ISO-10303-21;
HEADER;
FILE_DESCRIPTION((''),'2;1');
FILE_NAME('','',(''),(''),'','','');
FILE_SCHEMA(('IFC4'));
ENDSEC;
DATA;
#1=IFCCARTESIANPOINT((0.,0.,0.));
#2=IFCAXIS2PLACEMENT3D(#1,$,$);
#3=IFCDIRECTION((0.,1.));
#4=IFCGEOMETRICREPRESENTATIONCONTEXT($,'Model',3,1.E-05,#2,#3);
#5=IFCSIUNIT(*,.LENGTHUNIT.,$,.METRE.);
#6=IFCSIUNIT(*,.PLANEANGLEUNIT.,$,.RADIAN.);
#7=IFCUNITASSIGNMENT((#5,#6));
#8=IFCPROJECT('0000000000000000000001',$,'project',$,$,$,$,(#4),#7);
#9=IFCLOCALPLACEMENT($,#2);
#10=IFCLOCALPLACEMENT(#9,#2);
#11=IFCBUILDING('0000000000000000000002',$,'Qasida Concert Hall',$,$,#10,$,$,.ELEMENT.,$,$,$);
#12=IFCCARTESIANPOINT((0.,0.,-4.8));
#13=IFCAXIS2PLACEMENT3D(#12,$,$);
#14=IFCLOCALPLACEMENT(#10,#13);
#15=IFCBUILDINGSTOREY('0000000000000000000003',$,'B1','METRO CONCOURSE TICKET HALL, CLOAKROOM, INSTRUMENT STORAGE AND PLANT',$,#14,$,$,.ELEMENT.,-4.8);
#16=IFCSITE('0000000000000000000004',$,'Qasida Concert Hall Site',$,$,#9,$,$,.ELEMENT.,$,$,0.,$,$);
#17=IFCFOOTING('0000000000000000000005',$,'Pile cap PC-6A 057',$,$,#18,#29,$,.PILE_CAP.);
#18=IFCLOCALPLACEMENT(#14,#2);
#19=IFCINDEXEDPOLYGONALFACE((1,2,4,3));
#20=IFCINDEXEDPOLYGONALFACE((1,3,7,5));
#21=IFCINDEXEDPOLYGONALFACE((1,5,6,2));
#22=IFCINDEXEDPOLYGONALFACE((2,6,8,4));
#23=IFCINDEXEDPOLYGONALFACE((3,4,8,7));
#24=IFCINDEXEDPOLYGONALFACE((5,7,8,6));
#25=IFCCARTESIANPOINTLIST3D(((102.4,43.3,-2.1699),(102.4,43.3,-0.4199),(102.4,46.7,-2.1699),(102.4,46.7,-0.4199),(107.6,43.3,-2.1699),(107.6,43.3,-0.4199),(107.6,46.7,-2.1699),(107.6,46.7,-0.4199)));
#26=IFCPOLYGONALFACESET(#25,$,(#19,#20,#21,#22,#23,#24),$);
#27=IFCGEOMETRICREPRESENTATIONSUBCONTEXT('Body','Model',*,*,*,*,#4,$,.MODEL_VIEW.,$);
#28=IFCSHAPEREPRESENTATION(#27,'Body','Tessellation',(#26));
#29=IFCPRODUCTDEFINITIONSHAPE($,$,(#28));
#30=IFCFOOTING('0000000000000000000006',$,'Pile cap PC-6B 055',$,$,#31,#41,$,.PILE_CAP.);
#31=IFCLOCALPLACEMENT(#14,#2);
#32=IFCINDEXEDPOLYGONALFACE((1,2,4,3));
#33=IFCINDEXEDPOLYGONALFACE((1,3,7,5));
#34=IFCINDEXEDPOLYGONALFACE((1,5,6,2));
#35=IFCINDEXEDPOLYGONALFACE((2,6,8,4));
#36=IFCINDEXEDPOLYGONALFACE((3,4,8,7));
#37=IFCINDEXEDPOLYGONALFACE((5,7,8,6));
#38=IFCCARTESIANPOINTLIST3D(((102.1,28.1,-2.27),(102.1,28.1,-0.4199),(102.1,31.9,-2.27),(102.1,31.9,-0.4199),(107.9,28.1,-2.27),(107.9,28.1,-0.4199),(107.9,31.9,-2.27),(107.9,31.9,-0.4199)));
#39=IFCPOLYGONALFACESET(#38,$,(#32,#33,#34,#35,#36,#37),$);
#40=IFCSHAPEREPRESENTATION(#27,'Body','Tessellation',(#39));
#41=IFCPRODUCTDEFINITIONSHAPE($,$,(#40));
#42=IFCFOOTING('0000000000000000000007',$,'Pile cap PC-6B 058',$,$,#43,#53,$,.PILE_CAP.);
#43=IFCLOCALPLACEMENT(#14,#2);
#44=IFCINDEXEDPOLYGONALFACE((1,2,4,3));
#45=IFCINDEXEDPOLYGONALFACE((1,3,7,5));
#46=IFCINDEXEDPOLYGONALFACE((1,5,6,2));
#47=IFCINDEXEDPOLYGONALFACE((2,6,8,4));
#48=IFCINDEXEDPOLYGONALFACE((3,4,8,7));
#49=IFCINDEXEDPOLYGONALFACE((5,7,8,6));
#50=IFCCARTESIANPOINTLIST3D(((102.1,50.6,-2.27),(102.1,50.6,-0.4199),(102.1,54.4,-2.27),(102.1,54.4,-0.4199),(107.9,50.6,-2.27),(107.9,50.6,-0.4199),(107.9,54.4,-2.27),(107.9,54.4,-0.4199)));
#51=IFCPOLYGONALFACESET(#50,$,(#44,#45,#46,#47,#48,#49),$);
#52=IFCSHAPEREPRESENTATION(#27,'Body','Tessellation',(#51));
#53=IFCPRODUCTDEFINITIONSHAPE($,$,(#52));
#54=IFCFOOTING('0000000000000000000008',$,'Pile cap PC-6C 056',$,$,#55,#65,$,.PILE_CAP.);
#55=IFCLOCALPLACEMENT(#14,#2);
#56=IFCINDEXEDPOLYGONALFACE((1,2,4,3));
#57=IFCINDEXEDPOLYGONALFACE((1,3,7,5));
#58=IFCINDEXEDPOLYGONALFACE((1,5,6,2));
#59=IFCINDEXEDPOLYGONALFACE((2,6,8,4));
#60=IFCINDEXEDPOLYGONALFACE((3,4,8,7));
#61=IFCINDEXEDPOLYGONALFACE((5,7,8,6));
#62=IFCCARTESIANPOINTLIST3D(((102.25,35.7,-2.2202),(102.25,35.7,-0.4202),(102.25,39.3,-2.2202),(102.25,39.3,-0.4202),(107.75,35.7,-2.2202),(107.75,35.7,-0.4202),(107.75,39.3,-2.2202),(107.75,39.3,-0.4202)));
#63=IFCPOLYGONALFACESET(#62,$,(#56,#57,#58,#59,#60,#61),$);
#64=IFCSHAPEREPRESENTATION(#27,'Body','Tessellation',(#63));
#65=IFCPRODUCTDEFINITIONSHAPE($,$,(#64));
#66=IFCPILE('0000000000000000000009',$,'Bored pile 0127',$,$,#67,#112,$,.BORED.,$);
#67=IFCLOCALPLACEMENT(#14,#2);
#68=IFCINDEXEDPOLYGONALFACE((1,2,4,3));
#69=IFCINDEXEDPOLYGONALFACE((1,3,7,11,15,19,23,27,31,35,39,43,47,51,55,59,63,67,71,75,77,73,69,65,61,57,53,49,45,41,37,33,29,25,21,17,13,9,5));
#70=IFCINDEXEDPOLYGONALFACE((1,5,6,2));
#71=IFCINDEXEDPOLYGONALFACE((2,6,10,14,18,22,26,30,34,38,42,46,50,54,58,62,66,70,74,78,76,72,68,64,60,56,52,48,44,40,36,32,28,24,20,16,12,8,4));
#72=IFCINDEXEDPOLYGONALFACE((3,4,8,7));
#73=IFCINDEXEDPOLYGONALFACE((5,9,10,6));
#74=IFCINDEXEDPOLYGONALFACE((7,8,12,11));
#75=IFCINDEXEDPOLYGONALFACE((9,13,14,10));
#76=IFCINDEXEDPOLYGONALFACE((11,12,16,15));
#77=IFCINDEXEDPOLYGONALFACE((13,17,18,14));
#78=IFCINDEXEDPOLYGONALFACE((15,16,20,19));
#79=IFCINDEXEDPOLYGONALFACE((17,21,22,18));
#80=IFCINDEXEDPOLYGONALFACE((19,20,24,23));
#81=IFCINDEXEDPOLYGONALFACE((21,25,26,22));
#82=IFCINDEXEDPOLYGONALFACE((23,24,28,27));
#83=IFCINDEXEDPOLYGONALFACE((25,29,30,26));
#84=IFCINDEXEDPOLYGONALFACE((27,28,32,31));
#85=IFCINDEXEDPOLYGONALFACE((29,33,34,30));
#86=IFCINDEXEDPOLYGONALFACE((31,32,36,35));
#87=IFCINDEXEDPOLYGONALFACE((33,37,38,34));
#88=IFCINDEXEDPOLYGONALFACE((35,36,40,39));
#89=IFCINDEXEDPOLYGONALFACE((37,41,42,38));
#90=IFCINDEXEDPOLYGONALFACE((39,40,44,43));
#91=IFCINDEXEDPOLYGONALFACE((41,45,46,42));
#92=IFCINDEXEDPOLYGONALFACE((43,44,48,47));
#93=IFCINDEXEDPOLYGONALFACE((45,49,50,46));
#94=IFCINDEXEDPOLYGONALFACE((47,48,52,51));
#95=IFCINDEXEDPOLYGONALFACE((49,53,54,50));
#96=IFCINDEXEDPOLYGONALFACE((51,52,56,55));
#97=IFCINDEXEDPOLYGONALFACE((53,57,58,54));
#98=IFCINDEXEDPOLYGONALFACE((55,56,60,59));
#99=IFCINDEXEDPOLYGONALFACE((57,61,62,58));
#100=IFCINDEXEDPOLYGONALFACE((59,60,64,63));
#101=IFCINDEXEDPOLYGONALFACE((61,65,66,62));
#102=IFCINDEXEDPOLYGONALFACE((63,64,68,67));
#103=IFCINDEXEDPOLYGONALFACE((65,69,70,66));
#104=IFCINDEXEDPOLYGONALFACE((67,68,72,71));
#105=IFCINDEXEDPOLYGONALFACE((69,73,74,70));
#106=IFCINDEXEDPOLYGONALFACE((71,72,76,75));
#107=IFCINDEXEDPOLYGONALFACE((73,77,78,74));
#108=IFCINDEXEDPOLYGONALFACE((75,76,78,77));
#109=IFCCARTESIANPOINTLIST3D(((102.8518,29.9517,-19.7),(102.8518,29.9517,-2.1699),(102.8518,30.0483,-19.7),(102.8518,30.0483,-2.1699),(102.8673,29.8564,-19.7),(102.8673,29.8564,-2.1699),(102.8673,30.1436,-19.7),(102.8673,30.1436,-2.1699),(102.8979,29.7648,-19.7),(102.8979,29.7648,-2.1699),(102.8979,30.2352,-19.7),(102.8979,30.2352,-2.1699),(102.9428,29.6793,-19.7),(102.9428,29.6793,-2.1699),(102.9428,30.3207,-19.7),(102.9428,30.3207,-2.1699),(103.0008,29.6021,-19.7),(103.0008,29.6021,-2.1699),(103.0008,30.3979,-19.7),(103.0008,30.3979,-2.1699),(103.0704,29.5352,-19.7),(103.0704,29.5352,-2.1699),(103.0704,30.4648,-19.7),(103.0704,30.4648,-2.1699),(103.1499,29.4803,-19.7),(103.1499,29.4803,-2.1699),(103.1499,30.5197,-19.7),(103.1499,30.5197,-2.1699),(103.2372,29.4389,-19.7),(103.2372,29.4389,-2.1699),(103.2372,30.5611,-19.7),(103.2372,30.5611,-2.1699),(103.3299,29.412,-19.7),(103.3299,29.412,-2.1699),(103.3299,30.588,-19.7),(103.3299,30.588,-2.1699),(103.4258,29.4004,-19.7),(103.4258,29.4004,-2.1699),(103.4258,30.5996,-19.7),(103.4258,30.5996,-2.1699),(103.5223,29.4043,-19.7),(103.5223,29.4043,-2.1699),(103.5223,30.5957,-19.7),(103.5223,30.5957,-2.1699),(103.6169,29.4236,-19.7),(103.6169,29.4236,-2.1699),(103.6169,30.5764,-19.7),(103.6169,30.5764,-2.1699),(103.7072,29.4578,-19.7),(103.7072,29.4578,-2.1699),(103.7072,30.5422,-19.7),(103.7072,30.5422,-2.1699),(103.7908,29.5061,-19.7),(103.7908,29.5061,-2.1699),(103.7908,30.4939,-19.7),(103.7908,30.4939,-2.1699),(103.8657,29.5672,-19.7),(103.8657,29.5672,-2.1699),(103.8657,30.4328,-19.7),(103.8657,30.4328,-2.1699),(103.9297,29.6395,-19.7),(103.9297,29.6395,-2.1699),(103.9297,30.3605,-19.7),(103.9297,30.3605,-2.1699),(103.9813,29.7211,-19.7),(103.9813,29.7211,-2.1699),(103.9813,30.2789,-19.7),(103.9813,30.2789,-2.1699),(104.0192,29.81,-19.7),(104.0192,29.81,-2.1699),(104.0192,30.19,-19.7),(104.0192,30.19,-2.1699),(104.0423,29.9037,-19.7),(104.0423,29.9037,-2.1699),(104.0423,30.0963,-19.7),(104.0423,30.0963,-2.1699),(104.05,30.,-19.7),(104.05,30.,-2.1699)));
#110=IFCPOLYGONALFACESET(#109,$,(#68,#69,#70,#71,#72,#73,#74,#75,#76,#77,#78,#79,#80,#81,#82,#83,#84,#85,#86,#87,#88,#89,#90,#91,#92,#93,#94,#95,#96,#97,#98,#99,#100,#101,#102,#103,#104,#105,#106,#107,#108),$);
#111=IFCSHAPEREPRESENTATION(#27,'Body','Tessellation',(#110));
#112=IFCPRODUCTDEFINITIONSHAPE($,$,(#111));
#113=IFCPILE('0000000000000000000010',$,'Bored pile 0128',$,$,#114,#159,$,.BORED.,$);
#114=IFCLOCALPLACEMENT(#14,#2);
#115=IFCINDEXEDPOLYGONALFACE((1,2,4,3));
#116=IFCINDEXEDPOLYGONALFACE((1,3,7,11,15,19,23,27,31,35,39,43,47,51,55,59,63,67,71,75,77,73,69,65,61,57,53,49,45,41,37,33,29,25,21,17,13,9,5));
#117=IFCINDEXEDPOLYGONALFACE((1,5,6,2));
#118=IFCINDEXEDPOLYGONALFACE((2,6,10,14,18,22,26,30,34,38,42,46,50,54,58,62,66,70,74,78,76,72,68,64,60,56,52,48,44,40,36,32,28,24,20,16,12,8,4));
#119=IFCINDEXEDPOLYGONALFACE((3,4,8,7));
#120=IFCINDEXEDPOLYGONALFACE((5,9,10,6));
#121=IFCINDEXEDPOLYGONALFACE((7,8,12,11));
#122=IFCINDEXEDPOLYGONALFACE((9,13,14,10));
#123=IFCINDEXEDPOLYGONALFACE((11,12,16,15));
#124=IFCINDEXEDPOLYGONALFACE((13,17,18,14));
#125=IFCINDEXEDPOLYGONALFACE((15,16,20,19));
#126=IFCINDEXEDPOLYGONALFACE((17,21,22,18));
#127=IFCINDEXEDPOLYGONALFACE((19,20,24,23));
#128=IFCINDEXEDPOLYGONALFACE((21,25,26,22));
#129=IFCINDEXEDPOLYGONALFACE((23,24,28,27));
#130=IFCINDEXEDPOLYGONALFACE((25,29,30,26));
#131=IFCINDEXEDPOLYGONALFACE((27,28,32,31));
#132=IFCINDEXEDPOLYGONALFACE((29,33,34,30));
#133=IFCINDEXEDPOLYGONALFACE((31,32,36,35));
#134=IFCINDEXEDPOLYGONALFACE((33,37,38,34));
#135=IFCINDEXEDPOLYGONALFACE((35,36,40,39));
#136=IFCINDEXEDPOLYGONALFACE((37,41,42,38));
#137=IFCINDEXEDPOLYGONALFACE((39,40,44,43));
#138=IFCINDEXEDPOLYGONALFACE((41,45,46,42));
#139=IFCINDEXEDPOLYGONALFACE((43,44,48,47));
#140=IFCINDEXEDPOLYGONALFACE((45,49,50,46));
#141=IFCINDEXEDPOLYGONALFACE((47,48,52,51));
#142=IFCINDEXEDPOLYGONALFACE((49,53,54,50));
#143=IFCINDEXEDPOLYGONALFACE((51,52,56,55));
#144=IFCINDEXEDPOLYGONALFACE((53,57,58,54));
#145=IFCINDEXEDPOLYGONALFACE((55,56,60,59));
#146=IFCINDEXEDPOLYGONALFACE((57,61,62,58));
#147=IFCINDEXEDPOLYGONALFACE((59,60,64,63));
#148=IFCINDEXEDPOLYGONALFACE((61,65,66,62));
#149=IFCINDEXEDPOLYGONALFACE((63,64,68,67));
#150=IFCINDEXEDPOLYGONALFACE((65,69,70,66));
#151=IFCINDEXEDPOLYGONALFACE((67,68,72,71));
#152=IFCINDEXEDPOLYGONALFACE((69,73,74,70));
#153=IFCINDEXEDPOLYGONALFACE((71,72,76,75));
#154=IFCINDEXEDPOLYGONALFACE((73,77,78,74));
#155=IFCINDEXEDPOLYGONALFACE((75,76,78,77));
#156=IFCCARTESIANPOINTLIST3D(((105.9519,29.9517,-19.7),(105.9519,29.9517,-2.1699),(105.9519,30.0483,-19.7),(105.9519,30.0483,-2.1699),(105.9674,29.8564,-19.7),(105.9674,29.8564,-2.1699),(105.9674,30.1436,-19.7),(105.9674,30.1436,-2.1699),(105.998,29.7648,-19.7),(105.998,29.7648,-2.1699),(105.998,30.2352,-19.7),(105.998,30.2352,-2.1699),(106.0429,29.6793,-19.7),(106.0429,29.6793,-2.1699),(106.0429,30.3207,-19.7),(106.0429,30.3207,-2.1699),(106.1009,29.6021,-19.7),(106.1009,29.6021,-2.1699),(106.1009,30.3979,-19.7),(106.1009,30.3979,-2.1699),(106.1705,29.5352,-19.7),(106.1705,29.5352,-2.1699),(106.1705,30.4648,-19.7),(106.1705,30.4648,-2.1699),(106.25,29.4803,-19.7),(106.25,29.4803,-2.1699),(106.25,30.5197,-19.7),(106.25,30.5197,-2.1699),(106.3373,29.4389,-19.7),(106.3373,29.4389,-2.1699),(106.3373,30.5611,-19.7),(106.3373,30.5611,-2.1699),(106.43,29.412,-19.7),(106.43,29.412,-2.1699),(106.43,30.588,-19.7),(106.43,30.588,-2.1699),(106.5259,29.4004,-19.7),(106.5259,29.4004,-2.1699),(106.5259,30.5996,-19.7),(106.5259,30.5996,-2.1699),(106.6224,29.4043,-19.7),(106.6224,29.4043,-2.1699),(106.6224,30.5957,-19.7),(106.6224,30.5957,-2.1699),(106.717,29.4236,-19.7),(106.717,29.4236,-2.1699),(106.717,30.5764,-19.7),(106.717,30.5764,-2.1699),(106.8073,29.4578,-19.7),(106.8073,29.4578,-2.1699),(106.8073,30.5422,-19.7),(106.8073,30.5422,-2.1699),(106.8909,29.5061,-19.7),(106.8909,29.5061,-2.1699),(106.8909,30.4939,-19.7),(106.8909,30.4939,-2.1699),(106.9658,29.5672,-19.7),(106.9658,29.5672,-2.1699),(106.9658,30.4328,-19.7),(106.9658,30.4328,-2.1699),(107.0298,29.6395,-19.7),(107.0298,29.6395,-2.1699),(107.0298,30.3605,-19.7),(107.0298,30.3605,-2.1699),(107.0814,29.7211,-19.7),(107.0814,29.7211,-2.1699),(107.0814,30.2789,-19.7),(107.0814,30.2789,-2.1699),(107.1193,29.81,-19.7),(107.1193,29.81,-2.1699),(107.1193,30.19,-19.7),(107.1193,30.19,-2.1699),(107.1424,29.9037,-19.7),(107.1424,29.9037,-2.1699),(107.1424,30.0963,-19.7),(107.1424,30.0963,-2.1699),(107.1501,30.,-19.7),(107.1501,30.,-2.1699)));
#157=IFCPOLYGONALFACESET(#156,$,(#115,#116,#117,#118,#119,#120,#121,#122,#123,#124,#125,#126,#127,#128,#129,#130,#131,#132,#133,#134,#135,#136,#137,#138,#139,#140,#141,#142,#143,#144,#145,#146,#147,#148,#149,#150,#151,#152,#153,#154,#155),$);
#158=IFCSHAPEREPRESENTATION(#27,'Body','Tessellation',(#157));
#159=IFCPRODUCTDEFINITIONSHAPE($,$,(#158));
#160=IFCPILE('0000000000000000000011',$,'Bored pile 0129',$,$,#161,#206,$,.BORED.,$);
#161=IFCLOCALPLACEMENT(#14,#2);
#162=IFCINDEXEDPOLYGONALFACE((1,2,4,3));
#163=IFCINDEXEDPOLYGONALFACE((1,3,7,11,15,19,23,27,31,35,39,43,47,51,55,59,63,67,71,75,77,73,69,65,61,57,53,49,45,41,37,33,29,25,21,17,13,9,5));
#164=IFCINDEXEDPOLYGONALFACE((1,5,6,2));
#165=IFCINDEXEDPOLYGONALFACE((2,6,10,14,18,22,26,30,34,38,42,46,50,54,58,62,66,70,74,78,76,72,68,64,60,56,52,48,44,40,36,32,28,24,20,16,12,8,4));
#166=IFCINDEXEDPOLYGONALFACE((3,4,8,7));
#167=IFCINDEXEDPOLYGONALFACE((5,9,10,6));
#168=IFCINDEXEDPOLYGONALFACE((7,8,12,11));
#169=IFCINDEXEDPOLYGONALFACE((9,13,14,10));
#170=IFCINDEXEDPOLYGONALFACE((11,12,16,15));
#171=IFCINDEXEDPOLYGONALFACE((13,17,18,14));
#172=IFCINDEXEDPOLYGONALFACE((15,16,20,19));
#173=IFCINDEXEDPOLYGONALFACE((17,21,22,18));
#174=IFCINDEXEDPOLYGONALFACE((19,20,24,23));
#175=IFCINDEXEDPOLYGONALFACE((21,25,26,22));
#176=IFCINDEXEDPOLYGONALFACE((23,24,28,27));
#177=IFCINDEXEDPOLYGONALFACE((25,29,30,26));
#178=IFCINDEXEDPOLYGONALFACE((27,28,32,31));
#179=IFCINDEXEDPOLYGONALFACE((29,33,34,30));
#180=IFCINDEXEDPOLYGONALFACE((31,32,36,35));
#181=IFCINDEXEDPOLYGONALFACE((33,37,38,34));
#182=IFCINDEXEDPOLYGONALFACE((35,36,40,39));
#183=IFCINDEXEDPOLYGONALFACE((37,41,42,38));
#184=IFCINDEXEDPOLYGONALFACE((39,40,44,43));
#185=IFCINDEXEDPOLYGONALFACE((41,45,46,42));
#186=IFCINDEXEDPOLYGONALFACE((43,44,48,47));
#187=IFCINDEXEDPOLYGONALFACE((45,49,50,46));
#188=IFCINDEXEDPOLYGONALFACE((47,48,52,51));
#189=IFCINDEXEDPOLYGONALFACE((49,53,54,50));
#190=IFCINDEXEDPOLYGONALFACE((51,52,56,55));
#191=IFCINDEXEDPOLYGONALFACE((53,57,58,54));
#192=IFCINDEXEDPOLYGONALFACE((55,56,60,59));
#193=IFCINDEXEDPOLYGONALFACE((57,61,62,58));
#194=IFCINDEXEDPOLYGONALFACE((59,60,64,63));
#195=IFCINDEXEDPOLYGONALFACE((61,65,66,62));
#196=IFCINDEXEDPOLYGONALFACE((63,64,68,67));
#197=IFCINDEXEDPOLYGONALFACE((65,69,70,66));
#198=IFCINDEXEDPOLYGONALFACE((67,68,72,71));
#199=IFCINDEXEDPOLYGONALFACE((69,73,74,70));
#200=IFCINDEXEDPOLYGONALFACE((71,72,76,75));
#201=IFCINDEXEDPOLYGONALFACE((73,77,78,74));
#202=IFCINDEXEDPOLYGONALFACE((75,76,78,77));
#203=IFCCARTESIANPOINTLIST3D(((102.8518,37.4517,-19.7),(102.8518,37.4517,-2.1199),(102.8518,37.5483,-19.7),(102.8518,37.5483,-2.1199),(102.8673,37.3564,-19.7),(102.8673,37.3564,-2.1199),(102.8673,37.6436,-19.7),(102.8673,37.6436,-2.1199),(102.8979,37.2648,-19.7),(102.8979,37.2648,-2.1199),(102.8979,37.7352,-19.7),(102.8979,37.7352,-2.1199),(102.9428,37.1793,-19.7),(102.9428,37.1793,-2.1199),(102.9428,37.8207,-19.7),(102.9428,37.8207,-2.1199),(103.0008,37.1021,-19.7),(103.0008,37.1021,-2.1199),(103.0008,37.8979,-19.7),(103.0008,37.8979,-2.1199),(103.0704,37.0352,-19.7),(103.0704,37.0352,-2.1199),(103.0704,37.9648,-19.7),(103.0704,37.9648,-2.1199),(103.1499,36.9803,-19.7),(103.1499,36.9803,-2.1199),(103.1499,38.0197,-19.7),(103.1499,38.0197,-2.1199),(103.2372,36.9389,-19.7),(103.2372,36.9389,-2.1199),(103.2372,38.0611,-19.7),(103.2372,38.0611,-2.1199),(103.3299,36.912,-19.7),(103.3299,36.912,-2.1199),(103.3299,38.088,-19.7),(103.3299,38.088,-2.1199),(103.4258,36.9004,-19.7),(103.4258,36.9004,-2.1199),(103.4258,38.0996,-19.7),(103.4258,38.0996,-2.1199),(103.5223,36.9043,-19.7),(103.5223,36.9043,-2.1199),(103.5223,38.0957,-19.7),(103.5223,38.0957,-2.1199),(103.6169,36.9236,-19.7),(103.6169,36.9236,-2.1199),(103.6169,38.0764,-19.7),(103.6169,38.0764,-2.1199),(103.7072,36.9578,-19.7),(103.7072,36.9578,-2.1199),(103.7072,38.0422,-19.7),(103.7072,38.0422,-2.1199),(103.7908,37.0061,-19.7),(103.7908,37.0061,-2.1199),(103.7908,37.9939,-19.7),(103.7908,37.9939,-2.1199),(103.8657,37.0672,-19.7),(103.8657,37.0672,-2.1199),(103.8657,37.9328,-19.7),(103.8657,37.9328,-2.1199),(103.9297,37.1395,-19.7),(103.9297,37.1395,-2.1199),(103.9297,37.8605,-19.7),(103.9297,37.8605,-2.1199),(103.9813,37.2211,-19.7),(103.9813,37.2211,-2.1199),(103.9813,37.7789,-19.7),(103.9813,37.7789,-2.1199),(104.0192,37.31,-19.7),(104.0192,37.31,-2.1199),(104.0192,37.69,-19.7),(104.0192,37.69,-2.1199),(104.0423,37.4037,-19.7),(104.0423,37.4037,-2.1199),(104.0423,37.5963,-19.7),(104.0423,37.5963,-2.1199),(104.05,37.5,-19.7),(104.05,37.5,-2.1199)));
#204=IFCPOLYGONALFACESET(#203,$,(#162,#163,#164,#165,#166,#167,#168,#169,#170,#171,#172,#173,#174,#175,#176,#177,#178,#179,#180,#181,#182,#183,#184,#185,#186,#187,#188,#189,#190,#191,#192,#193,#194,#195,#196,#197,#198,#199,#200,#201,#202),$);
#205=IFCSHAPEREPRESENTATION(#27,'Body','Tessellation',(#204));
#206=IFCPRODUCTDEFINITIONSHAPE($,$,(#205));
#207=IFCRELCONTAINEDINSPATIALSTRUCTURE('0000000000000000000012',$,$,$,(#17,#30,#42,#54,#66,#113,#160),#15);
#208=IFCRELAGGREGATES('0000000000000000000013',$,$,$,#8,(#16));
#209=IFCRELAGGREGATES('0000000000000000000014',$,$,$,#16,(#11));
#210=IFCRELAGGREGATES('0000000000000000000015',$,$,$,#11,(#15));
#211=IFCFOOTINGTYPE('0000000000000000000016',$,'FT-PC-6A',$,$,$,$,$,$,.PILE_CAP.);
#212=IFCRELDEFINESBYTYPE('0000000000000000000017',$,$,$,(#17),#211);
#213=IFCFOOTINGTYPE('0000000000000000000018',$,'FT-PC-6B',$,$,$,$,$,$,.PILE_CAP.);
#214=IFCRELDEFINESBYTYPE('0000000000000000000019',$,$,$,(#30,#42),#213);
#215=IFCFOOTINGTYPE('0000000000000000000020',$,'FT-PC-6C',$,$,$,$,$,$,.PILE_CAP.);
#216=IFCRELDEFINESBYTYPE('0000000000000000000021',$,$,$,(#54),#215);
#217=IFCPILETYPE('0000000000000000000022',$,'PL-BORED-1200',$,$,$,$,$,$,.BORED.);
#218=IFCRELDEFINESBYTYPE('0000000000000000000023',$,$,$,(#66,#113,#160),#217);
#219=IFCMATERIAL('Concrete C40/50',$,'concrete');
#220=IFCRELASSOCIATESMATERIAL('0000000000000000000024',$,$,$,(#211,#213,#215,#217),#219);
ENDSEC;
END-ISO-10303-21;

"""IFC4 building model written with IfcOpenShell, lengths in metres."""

from ifc_helpers import new_model, si_unit, direction, frame, origin, origin_2d, place, context, subcontext, project, spatial, rectangle, circle, extrude, material, material_profile, profile_set, type_object, element, save


model = new_model("IFC4")

# Units and contexts
model_context = context("Model", 3, precision=1e-05, world=origin(), true_north=direction((0.0, 1.0)))
body_context = subcontext(model_context, "Body", "Model", "MODEL_VIEW")
ifc_project = project(units=[si_unit("LENGTHUNIT", "METRE"), si_unit("PLANEANGLEUNIT", "RADIAN")], contexts=[model_context])

# Site, building, storey
site_placement = place(None, origin())
site = spatial("IfcSite", under=ifc_project, at=site_placement, Name="Qasida Concert Hall Site", CompositionType="ELEMENT", RefElevation=0.0)
building_placement = place(site_placement, origin())
building = spatial("IfcBuilding", under=site, at=building_placement, Name="Qasida Concert Hall", CompositionType="ELEMENT")
storey_placement = place(building_placement, frame((0.0, 0.0, -4.8)))
storey = spatial("IfcBuildingStorey", under=building, at=storey_placement, Name="B1", Description="METRO CONCOURSE TICKET HALL, CLOAKROOM, INSTRUMENT STORAGE AND PLANT", CompositionType="ELEMENT", Elevation=-4.8)

# Footings
ifc_material_1 = material(Name="Concrete C40/50", Category="concrete")
footing_type_1 = type_object("IfcFootingType", Name="FT-PC-6A", PredefinedType="PILE_CAP", material=ifc_material_1)
footing_1_placement = place(storey_placement, frame((105.0, 45.0, -2.1699), z_axis=(0.0, 0.0, 1.0), x_axis=(1.0, 0.0, 0.0)))
element("IfcFooting", 1, at=footing_1_placement, inside=storey, type_object=footing_type_1, Name="Pile cap PC-6A 057", PredefinedType="PILE_CAP", context=body_context, shape_type="SweptSolid", body=[
    extrude(rectangle(XDim=5.2, YDim=3.3999, at=origin_2d()), origin(), (0.0, 0.0, 1.0), 1.75),
])
footing_type_2 = type_object("IfcFootingType", Name="FT-PC-6B", PredefinedType="PILE_CAP", material=ifc_material_1)
for number, where, z_axis, x_axis, name in (
    (2, (105.0, 30.0, -2.27), (0.0, 0.0, 1.0), (1.0, 0.0, 0.0), "Pile cap PC-6B 055"),
    (3, (105.0, 52.5, -2.27), (0.0, 0.0, 1.0), (1.0, 0.0, 0.0), "Pile cap PC-6B 058"),
):
    element("IfcFooting", number, at=place(storey_placement, frame(where, z_axis=z_axis, x_axis=x_axis)), inside=storey, type_object=footing_type_2, Name=name, PredefinedType="PILE_CAP", context=body_context, shape_type="SweptSolid", body=[
        extrude(rectangle(XDim=5.8, YDim=3.8, at=origin_2d()), origin(), (0.0, 0.0, 1.0), 1.8501),
    ])
footing_type_3 = type_object("IfcFootingType", Name="FT-PC-6C", PredefinedType="PILE_CAP", material=ifc_material_1)
footing_2_placement = place(storey_placement, frame((105.0, 37.5, -2.2202), z_axis=(0.0, 0.0, 1.0), x_axis=(1.0, 0.0, 0.0)))
element("IfcFooting", 4, at=footing_2_placement, inside=storey, type_object=footing_type_3, Name="Pile cap PC-6C 056", PredefinedType="PILE_CAP", context=body_context, shape_type="SweptSolid", body=[
    extrude(rectangle(XDim=5.5, YDim=3.6001, at=origin_2d()), origin(), (0.0, 0.0, 1.0), 1.8),
])

# Piles
ifc_material_profile_1 = material_profile(ifc_material_1, circle(Radius=0.6001, at=origin_2d()), Name="BORED PILE D1200")
ifc_profile_set_1 = profile_set([ifc_material_profile_1], Name="Concrete C40/50")
pile_type = type_object("IfcPileType", Name="PL-BORED-1200", PredefinedType="BORED", material=ifc_profile_set_1)
for number, where, z_axis, x_axis, name in (
    (5, (103.45, 30.0, -2.1699), (0.0, 0.0, -1.0), (1.0, 0.0, 0.0), "Bored pile 0127"),
    (6, (106.55, 30.0, -2.1699), (0.0, 0.0, -1.0), (1.0, 0.0, 0.0), "Bored pile 0128"),
):
    element("IfcPile", number, at=place(storey_placement, frame(where, z_axis=z_axis, x_axis=x_axis)), inside=storey, type_object=pile_type, Name=name, PredefinedType="BORED", context=body_context, shape_type="SweptSolid", body=[
        extrude(circle(Radius=0.6001, at=origin_2d()), origin(), (0.0, 0.0, 1.0), 17.53),
    ])
for number, where, z_axis, x_axis, name in (
    (7, (103.45, 37.5, -2.1199), (0.0, 0.0, -1.0), (1.0, 0.0, 0.0), "Bored pile 0129"),
):
    element("IfcPile", number, at=place(storey_placement, frame(where, z_axis=z_axis, x_axis=x_axis)), inside=storey, type_object=pile_type, Name=name, PredefinedType="BORED", context=body_context, shape_type="SweptSolid", body=[
        extrude(circle(Radius=0.6001, at=origin_2d()), origin(), (0.0, 0.0, 1.0), 17.5801),
    ])

save(model, "model.ifc")
